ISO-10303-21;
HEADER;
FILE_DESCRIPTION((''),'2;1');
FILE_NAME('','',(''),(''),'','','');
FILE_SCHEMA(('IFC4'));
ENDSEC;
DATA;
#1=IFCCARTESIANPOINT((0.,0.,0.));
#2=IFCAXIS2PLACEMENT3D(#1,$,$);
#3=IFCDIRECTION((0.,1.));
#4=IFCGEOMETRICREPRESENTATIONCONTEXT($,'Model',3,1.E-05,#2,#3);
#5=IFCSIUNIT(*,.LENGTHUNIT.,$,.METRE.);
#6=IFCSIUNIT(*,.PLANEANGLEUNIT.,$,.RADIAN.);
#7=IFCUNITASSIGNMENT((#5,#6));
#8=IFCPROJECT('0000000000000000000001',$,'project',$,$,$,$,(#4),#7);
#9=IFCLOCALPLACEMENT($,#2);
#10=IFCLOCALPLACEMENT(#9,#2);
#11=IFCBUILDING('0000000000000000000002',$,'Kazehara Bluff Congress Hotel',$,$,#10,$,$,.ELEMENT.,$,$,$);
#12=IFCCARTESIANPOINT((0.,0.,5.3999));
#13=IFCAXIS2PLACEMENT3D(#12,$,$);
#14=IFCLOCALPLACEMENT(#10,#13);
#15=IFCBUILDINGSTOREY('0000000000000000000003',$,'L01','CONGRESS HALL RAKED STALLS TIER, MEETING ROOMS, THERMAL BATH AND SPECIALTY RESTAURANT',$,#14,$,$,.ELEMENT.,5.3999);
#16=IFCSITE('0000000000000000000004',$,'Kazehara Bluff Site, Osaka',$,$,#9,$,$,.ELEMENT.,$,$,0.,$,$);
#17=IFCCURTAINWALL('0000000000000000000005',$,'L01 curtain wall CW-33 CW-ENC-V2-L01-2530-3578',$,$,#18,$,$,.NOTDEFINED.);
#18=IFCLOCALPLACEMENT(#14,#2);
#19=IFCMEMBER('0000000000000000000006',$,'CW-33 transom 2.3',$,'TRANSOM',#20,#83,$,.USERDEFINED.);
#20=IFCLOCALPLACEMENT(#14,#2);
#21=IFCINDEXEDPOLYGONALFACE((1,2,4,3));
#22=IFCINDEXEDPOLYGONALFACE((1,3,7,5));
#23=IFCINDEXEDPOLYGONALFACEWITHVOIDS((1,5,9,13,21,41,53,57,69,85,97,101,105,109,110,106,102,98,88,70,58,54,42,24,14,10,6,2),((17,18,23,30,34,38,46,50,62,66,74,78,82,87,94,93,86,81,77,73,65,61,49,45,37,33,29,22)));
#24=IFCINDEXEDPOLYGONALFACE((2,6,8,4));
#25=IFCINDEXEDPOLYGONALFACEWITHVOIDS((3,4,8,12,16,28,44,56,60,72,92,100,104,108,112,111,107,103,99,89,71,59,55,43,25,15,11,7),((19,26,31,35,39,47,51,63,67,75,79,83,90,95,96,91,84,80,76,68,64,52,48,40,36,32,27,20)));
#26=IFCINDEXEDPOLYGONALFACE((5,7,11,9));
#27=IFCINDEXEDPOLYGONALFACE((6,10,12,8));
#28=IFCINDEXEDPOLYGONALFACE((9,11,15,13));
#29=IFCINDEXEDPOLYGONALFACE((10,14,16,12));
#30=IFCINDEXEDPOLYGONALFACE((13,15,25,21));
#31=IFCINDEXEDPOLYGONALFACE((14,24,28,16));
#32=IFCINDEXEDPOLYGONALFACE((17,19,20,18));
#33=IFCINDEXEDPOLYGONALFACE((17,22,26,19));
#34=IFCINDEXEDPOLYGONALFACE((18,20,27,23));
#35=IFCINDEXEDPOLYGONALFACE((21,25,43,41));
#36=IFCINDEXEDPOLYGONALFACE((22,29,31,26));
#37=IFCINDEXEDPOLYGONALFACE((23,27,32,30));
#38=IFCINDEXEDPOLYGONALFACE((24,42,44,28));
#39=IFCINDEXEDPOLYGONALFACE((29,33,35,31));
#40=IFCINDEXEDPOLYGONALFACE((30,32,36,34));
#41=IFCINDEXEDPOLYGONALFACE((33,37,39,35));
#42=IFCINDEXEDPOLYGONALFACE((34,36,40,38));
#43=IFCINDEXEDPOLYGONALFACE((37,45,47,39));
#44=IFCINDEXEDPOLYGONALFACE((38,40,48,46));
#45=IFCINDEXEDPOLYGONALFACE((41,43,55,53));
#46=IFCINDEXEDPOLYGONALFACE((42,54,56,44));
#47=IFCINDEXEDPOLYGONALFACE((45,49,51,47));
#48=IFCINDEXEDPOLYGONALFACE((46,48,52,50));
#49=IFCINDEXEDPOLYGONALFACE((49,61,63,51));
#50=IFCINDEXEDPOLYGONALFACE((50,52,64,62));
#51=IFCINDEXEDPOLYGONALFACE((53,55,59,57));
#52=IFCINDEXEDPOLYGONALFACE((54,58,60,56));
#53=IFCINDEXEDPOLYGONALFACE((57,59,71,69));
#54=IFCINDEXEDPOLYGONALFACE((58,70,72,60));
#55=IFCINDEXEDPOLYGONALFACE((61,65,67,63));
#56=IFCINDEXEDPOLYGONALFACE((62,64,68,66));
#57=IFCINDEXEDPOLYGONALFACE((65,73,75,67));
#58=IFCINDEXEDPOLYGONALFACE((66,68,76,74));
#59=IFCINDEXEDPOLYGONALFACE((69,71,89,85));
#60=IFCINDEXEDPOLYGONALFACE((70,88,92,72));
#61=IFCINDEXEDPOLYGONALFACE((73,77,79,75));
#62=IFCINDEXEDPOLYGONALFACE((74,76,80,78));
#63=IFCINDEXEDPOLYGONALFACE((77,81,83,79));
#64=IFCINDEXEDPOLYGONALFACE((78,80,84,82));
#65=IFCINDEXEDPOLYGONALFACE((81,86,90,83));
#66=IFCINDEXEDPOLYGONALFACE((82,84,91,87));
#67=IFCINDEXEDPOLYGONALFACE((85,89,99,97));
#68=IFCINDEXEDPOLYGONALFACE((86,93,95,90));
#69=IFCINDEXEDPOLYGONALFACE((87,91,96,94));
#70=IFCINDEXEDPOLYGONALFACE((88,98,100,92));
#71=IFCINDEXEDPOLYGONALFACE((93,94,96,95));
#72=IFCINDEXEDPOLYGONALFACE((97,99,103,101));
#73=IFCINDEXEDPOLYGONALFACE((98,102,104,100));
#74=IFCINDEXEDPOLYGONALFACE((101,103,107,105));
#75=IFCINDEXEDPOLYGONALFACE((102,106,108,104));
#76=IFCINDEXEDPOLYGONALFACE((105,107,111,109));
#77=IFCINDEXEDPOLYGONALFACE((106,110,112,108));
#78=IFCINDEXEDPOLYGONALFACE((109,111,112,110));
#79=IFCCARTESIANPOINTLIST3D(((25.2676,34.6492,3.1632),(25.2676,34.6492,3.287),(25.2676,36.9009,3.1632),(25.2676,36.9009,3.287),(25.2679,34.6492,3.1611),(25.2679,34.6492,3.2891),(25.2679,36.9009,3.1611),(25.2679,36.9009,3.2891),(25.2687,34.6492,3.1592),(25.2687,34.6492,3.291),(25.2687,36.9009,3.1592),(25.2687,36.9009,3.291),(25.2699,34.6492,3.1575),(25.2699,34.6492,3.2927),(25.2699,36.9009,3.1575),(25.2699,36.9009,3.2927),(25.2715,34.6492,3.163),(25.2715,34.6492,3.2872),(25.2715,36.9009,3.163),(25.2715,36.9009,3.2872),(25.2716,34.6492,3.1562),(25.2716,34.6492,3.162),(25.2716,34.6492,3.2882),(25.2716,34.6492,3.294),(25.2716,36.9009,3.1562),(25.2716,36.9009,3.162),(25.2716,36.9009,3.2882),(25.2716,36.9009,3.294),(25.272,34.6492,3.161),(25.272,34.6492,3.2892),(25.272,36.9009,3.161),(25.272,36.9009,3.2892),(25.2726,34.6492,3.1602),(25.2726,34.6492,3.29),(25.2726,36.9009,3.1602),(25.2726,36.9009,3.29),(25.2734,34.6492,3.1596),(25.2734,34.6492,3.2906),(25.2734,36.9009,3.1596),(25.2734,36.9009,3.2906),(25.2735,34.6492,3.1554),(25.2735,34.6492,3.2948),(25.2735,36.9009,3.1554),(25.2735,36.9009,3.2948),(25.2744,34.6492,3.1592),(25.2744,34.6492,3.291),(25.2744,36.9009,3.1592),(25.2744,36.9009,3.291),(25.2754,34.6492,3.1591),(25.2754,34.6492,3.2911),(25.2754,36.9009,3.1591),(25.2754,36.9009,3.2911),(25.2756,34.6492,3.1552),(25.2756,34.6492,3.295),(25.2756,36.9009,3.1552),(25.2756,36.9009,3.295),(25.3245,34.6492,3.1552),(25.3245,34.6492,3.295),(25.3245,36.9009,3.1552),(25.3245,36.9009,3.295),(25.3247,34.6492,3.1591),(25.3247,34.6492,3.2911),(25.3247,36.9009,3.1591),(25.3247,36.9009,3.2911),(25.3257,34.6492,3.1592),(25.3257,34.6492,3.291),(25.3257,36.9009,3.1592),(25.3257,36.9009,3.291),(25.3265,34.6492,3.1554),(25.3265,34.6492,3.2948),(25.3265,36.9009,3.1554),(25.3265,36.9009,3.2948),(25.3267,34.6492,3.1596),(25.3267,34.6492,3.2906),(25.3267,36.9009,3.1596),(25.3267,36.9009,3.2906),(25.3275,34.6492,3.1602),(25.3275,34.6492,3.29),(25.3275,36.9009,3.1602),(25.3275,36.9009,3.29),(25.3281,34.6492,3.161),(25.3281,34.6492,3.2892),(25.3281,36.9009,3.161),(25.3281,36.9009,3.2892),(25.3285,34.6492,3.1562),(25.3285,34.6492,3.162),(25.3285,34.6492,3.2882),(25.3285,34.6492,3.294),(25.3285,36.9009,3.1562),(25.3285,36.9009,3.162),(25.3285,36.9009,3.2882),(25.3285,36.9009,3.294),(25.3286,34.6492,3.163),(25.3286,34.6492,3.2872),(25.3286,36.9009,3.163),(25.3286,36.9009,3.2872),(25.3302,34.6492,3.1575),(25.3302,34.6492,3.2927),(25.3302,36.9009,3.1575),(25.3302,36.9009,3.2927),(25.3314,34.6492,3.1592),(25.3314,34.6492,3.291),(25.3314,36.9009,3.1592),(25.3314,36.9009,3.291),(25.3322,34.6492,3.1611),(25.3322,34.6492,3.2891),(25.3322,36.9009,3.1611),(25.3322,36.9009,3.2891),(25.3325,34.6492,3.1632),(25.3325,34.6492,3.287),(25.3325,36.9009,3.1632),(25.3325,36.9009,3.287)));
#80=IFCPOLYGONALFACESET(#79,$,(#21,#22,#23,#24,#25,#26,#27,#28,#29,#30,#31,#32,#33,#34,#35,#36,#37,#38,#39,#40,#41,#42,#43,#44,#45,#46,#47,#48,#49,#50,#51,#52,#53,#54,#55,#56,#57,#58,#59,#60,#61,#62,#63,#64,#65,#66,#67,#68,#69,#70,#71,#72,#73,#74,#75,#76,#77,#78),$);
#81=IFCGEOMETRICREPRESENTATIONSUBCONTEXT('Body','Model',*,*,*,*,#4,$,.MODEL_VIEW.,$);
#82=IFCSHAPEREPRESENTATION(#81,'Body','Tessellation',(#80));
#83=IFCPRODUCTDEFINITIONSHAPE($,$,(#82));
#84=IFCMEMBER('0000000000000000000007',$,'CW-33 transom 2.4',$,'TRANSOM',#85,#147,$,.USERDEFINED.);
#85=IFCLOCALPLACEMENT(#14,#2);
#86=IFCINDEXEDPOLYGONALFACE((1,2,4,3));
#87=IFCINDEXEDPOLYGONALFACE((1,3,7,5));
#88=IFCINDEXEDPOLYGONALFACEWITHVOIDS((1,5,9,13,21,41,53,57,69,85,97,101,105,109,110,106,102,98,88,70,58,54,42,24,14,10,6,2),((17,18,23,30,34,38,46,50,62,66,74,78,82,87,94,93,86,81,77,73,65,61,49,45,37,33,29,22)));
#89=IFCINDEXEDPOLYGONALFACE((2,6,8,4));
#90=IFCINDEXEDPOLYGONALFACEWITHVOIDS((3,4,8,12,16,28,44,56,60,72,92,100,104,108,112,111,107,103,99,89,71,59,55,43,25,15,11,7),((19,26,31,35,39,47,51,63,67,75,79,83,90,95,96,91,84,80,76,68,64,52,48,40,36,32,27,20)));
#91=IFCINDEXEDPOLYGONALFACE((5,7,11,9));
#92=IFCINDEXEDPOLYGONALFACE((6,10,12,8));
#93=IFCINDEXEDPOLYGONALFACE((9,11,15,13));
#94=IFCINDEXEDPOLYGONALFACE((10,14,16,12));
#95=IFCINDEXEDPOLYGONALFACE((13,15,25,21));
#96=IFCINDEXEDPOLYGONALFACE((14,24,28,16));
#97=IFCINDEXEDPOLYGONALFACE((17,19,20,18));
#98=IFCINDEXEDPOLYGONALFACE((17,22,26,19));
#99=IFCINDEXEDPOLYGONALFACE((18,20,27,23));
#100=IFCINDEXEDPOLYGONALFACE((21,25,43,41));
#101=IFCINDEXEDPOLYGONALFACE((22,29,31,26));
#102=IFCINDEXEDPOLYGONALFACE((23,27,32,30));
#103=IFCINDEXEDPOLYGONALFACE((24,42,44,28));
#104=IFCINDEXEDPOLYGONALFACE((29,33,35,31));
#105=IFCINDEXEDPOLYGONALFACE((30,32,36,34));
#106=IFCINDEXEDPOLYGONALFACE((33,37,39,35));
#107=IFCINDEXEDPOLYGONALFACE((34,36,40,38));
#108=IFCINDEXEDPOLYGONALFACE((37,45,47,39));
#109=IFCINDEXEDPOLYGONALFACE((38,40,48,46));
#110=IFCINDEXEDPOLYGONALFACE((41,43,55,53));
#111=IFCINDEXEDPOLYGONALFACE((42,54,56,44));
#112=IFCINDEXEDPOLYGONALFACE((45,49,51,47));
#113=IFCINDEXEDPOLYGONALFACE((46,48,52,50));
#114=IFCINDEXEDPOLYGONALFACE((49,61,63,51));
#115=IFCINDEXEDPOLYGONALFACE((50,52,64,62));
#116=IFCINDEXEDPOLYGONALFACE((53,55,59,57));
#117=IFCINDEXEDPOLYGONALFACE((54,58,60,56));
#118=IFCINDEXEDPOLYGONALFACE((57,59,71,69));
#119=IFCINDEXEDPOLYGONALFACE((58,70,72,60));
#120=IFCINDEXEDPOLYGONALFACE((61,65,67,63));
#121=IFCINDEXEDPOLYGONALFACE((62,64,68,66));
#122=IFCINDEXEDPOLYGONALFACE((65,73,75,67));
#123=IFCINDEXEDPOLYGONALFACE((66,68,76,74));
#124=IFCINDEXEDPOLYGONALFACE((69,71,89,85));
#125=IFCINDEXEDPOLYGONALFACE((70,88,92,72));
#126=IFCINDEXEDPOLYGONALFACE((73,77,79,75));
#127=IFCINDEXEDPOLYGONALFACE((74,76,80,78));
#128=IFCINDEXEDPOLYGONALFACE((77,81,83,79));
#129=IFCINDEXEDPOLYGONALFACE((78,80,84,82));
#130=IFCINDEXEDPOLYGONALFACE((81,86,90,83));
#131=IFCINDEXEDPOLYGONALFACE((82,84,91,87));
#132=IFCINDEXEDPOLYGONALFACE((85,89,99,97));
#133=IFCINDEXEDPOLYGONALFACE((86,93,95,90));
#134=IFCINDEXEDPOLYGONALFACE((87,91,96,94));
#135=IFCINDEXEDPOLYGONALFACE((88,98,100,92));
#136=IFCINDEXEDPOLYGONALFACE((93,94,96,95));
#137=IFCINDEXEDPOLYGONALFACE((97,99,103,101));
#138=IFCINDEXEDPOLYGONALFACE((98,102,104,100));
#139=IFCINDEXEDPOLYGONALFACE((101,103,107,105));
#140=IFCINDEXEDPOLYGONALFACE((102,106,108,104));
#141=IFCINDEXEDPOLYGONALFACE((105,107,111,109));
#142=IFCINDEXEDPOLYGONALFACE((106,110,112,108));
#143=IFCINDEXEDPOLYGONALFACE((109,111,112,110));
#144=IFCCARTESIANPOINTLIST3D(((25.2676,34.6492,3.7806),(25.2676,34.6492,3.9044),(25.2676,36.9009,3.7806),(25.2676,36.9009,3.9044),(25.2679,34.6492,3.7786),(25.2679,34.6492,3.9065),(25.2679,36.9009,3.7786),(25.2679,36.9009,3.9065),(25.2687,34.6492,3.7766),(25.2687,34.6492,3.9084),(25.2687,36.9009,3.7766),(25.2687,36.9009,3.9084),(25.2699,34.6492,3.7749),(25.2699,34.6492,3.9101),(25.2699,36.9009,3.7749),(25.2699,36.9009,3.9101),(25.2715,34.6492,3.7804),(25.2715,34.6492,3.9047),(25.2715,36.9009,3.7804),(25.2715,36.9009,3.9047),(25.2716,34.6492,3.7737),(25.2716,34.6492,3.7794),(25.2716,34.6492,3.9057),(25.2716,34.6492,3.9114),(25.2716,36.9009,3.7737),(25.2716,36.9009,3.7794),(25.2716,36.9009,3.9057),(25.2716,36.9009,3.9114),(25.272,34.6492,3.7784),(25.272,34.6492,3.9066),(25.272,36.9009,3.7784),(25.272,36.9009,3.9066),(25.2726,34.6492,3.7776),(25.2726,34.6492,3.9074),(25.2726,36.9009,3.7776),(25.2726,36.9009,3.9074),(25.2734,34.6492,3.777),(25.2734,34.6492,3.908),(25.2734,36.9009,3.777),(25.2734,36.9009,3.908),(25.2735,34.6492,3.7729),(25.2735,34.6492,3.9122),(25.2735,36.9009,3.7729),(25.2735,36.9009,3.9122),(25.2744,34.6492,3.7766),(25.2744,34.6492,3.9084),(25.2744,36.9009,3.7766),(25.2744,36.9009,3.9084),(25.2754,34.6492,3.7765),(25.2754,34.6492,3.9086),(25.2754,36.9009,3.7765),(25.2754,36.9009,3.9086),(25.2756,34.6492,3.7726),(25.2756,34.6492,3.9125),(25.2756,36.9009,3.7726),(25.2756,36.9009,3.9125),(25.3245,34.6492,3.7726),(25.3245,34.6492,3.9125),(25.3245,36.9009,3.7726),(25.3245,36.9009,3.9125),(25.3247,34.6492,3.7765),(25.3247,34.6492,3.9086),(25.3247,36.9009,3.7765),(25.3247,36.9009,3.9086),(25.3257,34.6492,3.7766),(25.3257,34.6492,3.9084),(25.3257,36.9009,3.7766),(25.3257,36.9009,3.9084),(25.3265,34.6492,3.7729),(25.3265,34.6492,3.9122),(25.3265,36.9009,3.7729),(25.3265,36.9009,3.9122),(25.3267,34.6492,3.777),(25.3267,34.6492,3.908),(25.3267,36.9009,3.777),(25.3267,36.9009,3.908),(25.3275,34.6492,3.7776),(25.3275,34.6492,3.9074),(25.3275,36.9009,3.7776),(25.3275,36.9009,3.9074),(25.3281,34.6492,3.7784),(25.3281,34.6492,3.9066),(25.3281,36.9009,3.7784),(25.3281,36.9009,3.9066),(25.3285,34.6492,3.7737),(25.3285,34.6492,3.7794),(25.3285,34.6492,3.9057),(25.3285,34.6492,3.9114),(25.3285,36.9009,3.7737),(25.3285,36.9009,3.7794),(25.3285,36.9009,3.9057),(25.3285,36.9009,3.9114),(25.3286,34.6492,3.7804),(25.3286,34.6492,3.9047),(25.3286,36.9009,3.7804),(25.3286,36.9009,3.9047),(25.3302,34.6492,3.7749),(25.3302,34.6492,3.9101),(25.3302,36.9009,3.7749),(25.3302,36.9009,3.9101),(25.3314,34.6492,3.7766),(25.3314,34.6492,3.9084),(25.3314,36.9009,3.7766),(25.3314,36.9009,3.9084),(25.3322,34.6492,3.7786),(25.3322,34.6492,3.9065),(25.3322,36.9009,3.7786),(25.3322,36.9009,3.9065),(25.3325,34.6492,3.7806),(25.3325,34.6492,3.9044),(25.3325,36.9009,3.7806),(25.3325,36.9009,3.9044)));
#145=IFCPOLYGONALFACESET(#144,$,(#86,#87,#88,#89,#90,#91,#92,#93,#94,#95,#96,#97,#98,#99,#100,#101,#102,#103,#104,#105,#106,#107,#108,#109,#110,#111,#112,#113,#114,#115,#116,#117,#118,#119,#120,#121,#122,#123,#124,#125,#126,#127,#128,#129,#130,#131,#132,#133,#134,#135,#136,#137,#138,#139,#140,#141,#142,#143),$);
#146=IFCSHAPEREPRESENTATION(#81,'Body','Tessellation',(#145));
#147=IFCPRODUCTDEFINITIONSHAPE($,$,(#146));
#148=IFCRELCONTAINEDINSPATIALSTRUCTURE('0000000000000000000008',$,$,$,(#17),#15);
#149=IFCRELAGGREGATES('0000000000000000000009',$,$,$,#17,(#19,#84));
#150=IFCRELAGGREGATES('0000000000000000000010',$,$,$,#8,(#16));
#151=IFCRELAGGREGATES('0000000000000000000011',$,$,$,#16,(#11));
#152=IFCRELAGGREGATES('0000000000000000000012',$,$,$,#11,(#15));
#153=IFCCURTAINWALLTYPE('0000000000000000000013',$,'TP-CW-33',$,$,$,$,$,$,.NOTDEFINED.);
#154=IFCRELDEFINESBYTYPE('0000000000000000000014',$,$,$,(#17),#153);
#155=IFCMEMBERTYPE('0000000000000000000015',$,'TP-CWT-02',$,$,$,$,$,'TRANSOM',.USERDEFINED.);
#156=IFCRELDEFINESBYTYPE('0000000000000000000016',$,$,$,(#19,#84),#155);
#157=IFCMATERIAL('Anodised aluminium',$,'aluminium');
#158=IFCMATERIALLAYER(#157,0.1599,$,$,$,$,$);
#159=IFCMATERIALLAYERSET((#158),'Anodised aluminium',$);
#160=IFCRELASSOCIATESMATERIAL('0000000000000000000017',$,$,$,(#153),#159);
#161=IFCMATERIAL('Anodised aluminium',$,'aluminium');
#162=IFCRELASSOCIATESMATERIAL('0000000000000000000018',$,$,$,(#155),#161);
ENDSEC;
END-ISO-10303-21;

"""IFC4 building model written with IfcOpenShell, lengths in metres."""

from ifc_helpers import new_model, si_unit, direction, frame, origin, origin_2d, place, context, subcontext, project, spatial, hollow_rectangle, extrude, material, layer, layer_set, material_profile, profile_set, type_object, element, aggregate, save


model = new_model("IFC4")

# Units and contexts
model_context = context("Model", 3, precision=1e-05, world=origin(), true_north=direction((0.0, 1.0)))
body_context = subcontext(model_context, "Body", "Model", "MODEL_VIEW")
ifc_project = project(units=[si_unit("LENGTHUNIT", "METRE"), si_unit("PLANEANGLEUNIT", "RADIAN")], contexts=[model_context])

# Site, building, storey
site_placement = place(None, origin())
site = spatial("IfcSite", under=ifc_project, at=site_placement, Name="Kazehara Bluff Site, Osaka", CompositionType="ELEMENT", RefElevation=0.0)
building_placement = place(site_placement, origin())
building = spatial("IfcBuilding", under=site, at=building_placement, Name="Kazehara Bluff Congress Hotel", CompositionType="ELEMENT")
storey_placement = place(building_placement, frame((0.0, 0.0, 5.3999)))
storey = spatial("IfcBuildingStorey", under=building, at=storey_placement, Name="L01", Description="CONGRESS HALL RAKED STALLS TIER, MEETING ROOMS, THERMAL BATH AND SPECIALTY RESTAURANT", CompositionType="ELEMENT", Elevation=5.3999)

# Curtain wall
ifc_material_1 = material(Name="Anodised aluminium", Category="aluminium")
ifc_layer_1 = layer(ifc_material_1, 0.1599)
ifc_layer_set_1 = layer_set([ifc_layer_1], Name="Anodised aluminium")
curtain_wall_type_1 = type_object("IfcCurtainWallType", Name="TP-CW-33", PredefinedType="NOTDEFINED", material=ifc_layer_set_1)
curtain_wall_1_placement = place(storey_placement, origin())
curtain_wall_1 = element("IfcCurtainWall", 1, at=curtain_wall_1_placement, inside=storey, type_object=curtain_wall_type_1, Name="L01 curtain wall CW-33 CW-ENC-V2-L01-2530-3578", PredefinedType="NOTDEFINED")

# Members
ifc_material_2 = material(Name="Anodised aluminium", Category="aluminium")
ifc_material_profile_1 = material_profile(ifc_material_2, hollow_rectangle(XDim=0.0649, YDim=0.1399, WallThickness=0.0039, InnerFilletRadius=0.0039, OuterFilletRadius=0.0081, at=origin_2d()))
ifc_profile_set_1 = profile_set([ifc_material_profile_1], Name="Anodised aluminium")
member_type_1 = type_object("IfcMemberType", Name="TP-CWT-02", ElementType="TRANSOM", PredefinedType="USERDEFINED", material=ifc_profile_set_1)
member_1_placement = place(storey_placement, frame((25.3, 34.6492, 3.2251), z_axis=(0.0, 1.0, 0.0), x_axis=(-1.0, 0.0, 0.0)))
member_1 = element("IfcMember", 2, at=member_1_placement, type_object=member_type_1, Name="CW-33 transom 2.3", ObjectType="TRANSOM", PredefinedType="USERDEFINED", context=body_context, shape_type="SweptSolid", body=[
    extrude(hollow_rectangle(XDim=0.0649, YDim=0.1399, WallThickness=0.0039, InnerFilletRadius=0.0039, OuterFilletRadius=0.0081, at=origin_2d()), origin(), (0.0, 0.0, 1.0), 2.2517),
])
member_2_placement = place(storey_placement, frame((25.3, 34.6492, 3.8425), z_axis=(0.0, 1.0, 0.0), x_axis=(-1.0, 0.0, 0.0)))
member_2 = element("IfcMember", 3, at=member_2_placement, type_object=member_type_1, Name="CW-33 transom 2.4", ObjectType="TRANSOM", PredefinedType="USERDEFINED", context=body_context, shape_type="SweptSolid", body=[
    extrude(hollow_rectangle(XDim=0.0649, YDim=0.1399, WallThickness=0.0039, InnerFilletRadius=0.0039, OuterFilletRadius=0.0081, at=origin_2d()), origin(), (0.0, 0.0, 1.0), 2.2517),
])

aggregate(curtain_wall_1, [member_1, member_2])

save(model, "model.ifc")
